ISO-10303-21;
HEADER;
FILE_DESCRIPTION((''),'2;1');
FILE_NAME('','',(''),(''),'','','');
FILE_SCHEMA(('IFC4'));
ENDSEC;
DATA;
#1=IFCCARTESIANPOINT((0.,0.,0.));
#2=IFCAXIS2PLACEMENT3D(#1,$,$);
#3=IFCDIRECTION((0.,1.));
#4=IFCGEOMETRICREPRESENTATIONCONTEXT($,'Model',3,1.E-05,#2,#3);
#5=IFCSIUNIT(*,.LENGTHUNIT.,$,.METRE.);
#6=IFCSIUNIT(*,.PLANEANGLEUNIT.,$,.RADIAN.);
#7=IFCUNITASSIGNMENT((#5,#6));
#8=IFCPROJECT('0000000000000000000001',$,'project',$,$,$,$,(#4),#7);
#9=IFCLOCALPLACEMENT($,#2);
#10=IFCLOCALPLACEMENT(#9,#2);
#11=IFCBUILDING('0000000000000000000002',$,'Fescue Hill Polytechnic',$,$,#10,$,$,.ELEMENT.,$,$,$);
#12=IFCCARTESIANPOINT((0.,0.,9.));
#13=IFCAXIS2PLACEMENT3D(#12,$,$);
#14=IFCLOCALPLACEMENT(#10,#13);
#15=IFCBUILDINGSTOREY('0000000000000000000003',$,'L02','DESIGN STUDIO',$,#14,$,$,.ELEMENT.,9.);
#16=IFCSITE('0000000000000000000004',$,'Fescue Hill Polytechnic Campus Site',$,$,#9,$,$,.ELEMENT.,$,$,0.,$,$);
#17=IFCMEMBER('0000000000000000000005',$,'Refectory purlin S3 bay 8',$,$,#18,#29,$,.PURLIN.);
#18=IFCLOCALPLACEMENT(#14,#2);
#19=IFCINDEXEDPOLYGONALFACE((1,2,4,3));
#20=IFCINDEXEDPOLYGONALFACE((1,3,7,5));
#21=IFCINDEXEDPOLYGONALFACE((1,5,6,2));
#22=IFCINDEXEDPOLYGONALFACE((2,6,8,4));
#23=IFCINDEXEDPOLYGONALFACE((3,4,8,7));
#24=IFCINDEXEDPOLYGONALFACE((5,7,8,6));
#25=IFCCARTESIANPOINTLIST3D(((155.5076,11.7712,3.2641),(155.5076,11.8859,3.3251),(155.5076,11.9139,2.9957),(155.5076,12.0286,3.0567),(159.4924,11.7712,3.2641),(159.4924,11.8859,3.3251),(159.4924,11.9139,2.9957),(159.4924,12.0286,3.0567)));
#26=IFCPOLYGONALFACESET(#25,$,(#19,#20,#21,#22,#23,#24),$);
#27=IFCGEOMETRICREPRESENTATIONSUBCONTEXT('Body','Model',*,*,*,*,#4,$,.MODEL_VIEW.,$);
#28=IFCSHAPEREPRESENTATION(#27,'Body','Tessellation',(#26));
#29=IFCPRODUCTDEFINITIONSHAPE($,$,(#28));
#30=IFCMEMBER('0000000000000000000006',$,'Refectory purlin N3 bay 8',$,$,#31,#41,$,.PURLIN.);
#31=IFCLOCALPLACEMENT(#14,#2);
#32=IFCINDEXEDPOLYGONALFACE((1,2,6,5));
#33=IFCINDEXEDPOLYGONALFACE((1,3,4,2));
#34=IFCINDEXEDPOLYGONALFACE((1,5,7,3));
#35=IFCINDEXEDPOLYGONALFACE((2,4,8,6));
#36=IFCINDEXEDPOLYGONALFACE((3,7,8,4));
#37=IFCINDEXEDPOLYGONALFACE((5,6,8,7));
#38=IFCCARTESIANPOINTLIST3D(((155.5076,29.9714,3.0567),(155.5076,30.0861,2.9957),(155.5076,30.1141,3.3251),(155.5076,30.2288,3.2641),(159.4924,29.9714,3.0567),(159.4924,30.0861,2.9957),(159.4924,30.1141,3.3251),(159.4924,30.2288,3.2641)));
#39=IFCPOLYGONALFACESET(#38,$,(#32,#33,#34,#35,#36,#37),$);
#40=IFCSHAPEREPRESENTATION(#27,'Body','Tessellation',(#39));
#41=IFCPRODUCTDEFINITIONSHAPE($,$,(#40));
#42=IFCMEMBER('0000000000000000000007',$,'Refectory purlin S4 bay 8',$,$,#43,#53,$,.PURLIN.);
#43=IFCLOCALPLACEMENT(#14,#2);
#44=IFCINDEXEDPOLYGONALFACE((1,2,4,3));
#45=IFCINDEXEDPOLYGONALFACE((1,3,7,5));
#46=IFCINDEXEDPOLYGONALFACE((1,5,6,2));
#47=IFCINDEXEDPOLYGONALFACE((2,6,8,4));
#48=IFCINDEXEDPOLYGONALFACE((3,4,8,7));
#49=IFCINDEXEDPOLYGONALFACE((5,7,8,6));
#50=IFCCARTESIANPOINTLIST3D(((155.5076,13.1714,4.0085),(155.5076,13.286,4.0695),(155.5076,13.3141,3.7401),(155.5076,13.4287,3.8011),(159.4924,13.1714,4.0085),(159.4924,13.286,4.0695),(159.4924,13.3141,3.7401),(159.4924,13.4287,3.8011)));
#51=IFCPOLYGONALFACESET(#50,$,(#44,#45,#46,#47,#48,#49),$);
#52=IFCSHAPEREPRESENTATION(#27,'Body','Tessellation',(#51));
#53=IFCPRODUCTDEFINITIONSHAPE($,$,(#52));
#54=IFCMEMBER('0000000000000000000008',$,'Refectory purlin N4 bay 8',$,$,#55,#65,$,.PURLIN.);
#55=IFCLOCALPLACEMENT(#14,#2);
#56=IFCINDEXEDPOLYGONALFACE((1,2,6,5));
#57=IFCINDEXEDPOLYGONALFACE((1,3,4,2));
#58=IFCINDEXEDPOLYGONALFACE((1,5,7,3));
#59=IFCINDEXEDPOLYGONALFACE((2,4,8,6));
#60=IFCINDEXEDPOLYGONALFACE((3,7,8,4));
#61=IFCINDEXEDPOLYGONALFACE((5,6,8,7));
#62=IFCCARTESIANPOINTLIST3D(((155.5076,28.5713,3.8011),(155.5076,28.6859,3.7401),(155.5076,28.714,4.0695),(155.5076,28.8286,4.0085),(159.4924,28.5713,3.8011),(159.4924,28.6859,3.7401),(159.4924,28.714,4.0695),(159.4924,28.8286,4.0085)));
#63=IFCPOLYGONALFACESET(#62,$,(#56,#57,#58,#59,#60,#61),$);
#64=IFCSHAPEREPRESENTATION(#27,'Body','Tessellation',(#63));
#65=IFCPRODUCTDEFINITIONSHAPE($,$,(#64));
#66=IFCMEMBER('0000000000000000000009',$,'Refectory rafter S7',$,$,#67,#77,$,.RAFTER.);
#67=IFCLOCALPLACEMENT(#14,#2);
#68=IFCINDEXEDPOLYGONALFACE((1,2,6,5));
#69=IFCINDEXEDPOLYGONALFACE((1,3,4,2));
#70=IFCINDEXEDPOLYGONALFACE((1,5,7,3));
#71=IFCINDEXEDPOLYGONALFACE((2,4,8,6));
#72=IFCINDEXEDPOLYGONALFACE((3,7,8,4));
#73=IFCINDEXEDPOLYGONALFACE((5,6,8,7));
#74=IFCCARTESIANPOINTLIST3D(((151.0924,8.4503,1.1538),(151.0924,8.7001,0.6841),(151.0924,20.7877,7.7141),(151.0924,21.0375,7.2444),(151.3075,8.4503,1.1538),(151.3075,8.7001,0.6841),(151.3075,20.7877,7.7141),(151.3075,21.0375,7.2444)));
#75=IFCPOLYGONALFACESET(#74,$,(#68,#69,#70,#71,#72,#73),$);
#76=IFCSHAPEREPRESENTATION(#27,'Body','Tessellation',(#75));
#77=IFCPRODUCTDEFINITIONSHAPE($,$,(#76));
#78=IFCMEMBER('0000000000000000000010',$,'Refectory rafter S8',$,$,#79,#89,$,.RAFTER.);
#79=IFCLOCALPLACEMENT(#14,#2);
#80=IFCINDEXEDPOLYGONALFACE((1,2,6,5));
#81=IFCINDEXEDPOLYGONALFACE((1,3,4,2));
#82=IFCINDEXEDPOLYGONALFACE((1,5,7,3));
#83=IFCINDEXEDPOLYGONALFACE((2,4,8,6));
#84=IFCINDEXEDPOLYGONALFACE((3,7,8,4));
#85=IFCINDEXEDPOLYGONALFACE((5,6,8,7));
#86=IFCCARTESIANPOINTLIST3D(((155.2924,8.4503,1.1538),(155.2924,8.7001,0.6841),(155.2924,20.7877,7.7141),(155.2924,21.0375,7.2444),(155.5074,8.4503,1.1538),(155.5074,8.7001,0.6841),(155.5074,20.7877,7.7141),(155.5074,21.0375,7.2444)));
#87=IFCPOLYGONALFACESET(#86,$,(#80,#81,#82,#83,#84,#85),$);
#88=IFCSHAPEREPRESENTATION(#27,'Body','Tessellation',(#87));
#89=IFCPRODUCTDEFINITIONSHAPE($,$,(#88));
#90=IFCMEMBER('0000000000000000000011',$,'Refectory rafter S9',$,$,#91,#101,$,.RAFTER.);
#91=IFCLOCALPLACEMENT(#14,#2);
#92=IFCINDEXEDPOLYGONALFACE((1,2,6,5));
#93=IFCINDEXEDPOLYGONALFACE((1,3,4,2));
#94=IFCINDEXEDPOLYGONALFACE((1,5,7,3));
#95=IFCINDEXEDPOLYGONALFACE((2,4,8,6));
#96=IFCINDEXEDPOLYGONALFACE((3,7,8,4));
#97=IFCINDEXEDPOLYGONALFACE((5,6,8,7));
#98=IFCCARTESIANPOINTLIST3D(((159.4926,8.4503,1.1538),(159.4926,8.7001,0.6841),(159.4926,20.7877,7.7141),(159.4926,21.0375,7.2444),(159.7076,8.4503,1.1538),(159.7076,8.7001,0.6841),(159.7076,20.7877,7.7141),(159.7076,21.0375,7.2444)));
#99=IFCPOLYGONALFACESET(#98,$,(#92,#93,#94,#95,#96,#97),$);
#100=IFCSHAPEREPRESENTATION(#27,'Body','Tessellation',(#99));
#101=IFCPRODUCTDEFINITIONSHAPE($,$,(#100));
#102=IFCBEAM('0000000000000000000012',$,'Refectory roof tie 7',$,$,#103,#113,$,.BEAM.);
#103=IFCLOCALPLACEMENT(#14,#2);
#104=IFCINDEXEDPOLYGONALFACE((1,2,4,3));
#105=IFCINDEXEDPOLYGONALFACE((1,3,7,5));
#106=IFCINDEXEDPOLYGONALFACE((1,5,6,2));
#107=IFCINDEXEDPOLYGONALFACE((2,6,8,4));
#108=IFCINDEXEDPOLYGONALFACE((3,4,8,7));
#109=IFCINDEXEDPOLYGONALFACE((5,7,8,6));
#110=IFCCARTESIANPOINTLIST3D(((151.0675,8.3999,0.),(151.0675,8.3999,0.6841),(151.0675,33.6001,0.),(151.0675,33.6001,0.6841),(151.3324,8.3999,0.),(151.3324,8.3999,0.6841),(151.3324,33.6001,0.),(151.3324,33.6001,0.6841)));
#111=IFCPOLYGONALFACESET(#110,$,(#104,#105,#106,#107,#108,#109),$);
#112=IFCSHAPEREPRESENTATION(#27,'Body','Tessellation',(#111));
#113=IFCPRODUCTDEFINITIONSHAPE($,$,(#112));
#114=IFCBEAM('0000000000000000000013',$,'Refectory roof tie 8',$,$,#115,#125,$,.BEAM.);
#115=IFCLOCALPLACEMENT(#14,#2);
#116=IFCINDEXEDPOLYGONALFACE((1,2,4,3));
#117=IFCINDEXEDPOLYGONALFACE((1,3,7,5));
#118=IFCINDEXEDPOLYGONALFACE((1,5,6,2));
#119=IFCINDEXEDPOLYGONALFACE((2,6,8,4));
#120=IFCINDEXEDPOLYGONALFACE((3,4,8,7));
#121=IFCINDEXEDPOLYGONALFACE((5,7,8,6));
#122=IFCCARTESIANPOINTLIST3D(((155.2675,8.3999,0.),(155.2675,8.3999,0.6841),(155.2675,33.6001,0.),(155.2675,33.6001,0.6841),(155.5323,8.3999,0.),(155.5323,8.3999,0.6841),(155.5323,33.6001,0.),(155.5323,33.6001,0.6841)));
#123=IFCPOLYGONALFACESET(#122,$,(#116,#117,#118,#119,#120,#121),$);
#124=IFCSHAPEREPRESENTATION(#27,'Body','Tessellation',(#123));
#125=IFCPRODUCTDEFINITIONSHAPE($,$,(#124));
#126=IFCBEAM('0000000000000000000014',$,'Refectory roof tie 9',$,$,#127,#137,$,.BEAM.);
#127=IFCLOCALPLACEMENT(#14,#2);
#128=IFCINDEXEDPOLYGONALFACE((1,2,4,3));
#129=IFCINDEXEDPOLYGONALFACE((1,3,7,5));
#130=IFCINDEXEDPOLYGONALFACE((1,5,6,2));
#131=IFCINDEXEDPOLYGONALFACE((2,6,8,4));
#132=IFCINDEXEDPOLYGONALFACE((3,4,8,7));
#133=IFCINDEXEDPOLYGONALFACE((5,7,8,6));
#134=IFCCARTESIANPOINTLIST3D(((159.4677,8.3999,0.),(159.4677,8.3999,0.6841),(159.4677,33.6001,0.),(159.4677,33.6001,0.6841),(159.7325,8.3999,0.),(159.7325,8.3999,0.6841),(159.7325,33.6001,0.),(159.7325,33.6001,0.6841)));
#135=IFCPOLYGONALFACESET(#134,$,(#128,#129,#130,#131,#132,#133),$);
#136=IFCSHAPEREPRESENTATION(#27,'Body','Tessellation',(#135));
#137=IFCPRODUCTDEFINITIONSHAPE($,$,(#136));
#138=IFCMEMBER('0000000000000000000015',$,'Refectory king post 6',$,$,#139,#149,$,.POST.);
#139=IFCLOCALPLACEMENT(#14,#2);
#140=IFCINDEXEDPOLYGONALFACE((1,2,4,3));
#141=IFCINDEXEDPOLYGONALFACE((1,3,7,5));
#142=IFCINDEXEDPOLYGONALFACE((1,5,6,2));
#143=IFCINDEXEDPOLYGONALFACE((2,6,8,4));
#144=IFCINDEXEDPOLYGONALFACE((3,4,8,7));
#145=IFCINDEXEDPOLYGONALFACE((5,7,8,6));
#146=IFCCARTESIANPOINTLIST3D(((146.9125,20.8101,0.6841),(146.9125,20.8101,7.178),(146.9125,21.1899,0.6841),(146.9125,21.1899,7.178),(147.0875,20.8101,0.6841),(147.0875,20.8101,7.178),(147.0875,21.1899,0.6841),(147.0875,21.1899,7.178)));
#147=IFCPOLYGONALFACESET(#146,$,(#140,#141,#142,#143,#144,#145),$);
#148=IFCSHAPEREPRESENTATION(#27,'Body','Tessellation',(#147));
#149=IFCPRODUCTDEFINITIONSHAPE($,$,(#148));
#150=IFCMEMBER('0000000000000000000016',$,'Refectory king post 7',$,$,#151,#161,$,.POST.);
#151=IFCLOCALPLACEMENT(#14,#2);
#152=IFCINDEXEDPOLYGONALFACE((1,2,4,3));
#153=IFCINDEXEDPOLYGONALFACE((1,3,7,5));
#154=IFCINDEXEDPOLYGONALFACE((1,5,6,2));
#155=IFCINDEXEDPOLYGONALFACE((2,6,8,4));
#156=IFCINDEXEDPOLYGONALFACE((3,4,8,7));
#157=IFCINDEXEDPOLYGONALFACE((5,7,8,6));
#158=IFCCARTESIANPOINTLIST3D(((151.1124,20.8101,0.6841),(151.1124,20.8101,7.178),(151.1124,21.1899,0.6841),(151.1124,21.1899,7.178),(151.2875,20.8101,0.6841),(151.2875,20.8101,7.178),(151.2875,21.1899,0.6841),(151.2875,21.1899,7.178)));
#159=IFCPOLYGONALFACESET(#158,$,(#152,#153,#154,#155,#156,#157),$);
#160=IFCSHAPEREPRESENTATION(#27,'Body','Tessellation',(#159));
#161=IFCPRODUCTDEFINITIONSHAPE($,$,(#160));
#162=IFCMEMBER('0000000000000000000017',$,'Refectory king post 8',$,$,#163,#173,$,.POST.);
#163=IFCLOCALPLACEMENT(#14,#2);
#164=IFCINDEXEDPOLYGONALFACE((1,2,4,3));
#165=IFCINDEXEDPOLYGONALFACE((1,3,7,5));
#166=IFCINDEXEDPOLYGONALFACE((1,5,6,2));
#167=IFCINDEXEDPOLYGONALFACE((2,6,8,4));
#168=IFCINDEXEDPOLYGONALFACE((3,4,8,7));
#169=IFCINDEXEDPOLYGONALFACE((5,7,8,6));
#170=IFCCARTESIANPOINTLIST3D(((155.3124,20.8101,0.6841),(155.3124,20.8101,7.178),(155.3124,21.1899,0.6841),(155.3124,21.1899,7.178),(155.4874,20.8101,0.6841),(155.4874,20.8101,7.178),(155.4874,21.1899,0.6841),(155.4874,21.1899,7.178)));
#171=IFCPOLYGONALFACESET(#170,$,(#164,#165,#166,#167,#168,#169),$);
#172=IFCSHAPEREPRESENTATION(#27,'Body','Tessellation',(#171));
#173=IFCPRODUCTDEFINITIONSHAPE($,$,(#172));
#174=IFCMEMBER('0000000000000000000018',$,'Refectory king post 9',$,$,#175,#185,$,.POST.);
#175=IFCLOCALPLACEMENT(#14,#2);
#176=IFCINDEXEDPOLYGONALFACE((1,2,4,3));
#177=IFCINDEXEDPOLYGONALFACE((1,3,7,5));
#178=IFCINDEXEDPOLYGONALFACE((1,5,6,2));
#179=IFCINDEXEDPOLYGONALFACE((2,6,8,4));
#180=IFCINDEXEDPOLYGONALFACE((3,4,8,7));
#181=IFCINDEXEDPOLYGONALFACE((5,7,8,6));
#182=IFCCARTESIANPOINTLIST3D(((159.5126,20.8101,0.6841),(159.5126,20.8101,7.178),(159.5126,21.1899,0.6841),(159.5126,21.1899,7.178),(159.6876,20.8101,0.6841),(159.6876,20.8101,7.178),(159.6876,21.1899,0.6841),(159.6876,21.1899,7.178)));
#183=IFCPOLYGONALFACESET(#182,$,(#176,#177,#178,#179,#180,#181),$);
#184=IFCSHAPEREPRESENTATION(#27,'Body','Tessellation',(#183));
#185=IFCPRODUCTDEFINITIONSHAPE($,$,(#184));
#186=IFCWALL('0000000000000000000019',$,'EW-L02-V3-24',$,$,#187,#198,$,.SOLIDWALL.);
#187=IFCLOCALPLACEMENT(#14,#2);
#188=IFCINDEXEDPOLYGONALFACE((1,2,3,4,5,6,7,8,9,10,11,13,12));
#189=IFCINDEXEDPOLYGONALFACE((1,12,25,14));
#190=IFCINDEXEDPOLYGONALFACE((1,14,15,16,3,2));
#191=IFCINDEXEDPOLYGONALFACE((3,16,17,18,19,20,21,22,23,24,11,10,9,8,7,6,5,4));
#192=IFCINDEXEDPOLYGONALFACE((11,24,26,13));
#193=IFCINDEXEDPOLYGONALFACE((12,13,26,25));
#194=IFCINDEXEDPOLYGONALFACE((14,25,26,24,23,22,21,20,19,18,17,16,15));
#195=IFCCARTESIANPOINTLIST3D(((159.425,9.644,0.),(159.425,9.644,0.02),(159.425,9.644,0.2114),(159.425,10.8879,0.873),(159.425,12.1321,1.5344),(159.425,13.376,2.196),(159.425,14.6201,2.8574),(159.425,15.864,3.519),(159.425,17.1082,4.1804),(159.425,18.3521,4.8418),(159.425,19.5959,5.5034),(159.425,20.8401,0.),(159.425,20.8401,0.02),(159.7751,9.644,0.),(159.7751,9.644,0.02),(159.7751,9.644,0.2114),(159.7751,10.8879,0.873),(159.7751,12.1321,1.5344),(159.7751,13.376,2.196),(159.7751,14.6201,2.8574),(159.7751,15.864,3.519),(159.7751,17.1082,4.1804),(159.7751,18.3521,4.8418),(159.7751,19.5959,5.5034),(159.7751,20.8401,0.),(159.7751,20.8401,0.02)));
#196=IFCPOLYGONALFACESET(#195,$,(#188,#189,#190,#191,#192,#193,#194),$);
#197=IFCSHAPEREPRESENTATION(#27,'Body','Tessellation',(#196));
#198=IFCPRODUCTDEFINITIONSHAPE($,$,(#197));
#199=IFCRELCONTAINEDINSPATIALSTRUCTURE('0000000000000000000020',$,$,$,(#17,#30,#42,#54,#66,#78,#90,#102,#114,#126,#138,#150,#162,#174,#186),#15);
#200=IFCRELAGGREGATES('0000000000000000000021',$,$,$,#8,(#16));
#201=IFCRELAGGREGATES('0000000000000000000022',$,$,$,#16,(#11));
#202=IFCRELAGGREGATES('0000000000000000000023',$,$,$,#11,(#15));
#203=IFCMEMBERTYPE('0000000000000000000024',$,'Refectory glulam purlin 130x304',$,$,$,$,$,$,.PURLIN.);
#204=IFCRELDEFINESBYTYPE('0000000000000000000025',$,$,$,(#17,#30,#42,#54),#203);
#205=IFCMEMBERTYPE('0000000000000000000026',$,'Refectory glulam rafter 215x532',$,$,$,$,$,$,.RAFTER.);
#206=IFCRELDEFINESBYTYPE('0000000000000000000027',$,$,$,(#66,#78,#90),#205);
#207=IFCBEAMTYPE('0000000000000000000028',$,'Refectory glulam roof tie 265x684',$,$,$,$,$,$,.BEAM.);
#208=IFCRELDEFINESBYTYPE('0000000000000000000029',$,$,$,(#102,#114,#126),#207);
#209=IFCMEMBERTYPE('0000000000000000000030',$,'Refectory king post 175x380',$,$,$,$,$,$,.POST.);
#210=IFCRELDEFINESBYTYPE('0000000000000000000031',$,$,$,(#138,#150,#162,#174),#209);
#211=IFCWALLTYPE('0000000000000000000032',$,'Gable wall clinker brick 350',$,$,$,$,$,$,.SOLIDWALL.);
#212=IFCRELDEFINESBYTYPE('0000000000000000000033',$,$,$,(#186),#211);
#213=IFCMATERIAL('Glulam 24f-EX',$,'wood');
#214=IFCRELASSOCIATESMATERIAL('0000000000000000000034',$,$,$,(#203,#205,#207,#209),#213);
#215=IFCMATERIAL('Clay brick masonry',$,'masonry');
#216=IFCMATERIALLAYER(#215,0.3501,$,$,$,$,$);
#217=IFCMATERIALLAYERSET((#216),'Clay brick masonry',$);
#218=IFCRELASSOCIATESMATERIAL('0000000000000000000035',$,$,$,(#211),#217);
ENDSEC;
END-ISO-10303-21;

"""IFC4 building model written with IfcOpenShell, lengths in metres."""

from ifc_helpers import new_model, si_unit, direction, frame, origin, origin_2d, place, context, subcontext, project, spatial, polyline, rectangle, outline, extrude, material, layer, layer_set, material_profile, profile_set, type_object, element, save


model = new_model("IFC4")

# Units and contexts
model_context = context("Model", 3, precision=1e-05, world=origin(), true_north=direction((0.0, 1.0)))
body_context = subcontext(model_context, "Body", "Model", "MODEL_VIEW")
ifc_project = project(units=[si_unit("LENGTHUNIT", "METRE"), si_unit("PLANEANGLEUNIT", "RADIAN")], contexts=[model_context])

# Site, building, storey
site_placement = place(None, origin())
site = spatial("IfcSite", under=ifc_project, at=site_placement, Name="Fescue Hill Polytechnic Campus Site", CompositionType="ELEMENT", RefElevation=0.0)
building_placement = place(site_placement, origin())
building = spatial("IfcBuilding", under=site, at=building_placement, Name="Fescue Hill Polytechnic", CompositionType="ELEMENT")
storey_placement = place(building_placement, frame((0.0, 0.0, 9.0)))
storey = spatial("IfcBuildingStorey", under=building, at=storey_placement, Name="L02", Description="DESIGN STUDIO", CompositionType="ELEMENT", Elevation=9.0)

# Members
ifc_material_1 = material(Name="Glulam 24f-EX", Category="wood")
ifc_material_profile_1 = material_profile(ifc_material_1, rectangle(XDim=0.1299, YDim=0.304, at=origin_2d()), Name="Refectory glulam purlin 130x304")
ifc_profile_set_1 = profile_set([ifc_material_profile_1], Name="Glulam 24f-EX")
member_type_1 = type_object("IfcMemberType", Name="Refectory glulam purlin 130x304", PredefinedType="PURLIN", material=ifc_profile_set_1)
for number, where, z_axis, x_axis, name in (
    (1, (155.5076, 11.8999, 3.1604), (1.0, 0.0, 0.0), (0.0, 0.882934, 0.469497), "Refectory purlin S3 bay 8"),
    (2, (155.5076, 30.1001, 3.1604), (1.0, 0.0, 0.0), (0.0, 0.882934, -0.469497), "Refectory purlin N3 bay 8"),
    (3, (155.5076, 13.3, 3.9048), (1.0, 0.0, 0.0), (0.0, 0.882934, 0.469497), "Refectory purlin S4 bay 8"),
    (4, (155.5076, 28.7, 3.9048), (1.0, 0.0, 0.0), (0.0, 0.882934, -0.469497), "Refectory purlin N4 bay 8"),
):
    element("IfcMember", number, at=place(storey_placement, frame(where, z_axis=z_axis, x_axis=x_axis)), inside=storey, type_object=member_type_1, Name=name, PredefinedType="PURLIN", context=body_context, shape_type="SweptSolid", body=[
        extrude(rectangle(XDim=0.1299, YDim=0.304, at=origin_2d()), origin(), (0.0, 0.0, 1.0), 3.9849),
    ])
ifc_material_profile_2 = material_profile(ifc_material_1, rectangle(XDim=0.2151, YDim=0.532, at=origin_2d()), Name="Refectory glulam rafter 215x532")
ifc_profile_set_2 = profile_set([ifc_material_profile_2], Name="Glulam 24f-EX")
member_type_2 = type_object("IfcMemberType", Name="Refectory glulam rafter 215x532", PredefinedType="RAFTER", material=ifc_profile_set_2)
for number, where, z_axis, x_axis, name in (
    (5, (151.2, 8.5752, 0.9189), (0.0, 0.882936, 0.469493), (-1.0, 0.0, 0.0), "Refectory rafter S7"),
    (6, (155.3999, 8.5752, 0.9189), (0.0, 0.882936, 0.469493), (-1.0, 0.0, 0.0), "Refectory rafter S8"),
    (7, (159.6001, 8.5752, 0.9189), (0.0, 0.882936, 0.469493), (-1.0, 0.0, 0.0), "Refectory rafter S9"),
):
    element("IfcMember", number, at=place(storey_placement, frame(where, z_axis=z_axis, x_axis=x_axis)), inside=storey, type_object=member_type_2, Name=name, PredefinedType="RAFTER", context=body_context, shape_type="SweptSolid", body=[
        extrude(rectangle(XDim=0.2151, YDim=0.532, at=origin_2d()), origin(), (0.0, 0.0, 1.0), 13.9731),
    ])

# Beams
ifc_material_profile_3 = material_profile(ifc_material_1, rectangle(XDim=0.2649, YDim=0.6841, at=origin_2d()), Name="Refectory glulam roof tie 265x684")
ifc_profile_set_3 = profile_set([ifc_material_profile_3], Name="Glulam 24f-EX")
beam_type_1 = type_object("IfcBeamType", Name="Refectory glulam roof tie 265x684", PredefinedType="BEAM", material=ifc_profile_set_3)
for number, where, z_axis, x_axis, name in (
    (8, (151.2, 8.3999, 0.342), (0.0, 1.0, 0.0), (-1.0, 0.0, 0.0), "Refectory roof tie 7"),
    (9, (155.3999, 8.3999, 0.342), (0.0, 1.0, 0.0), (-1.0, 0.0, 0.0), "Refectory roof tie 8"),
    (10, (159.6001, 8.3999, 0.342), (0.0, 1.0, 0.0), (-1.0, 0.0, 0.0), "Refectory roof tie 9"),
):
    element("IfcBeam", number, at=place(storey_placement, frame(where, z_axis=z_axis, x_axis=x_axis)), inside=storey, type_object=beam_type_1, Name=name, PredefinedType="BEAM", context=body_context, shape_type="SweptSolid", body=[
        extrude(rectangle(XDim=0.2649, YDim=0.6841, at=origin_2d()), origin(), (0.0, 0.0, 1.0), 25.2002),
    ])

# Members
ifc_material_profile_4 = material_profile(ifc_material_1, rectangle(XDim=0.175, YDim=0.3799, at=origin_2d()), Name="Refectory king post 175x380")
ifc_profile_set_4 = profile_set([ifc_material_profile_4], Name="Glulam 24f-EX")
member_type_3 = type_object("IfcMemberType", Name="Refectory king post 175x380", PredefinedType="POST", material=ifc_profile_set_4)
for number, where, z_axis, x_axis, name in (
    (11, (147.0, 21.0, 0.6841), (0.0, 0.0, 1.0), (1.0, 0.0, 0.0), "Refectory king post 6"),
    (12, (151.2, 21.0, 0.6841), (0.0, 0.0, 1.0), (1.0, 0.0, 0.0), "Refectory king post 7"),
    (13, (155.3999, 21.0, 0.6841), (0.0, 0.0, 1.0), (1.0, 0.0, 0.0), "Refectory king post 8"),
    (14, (159.6001, 21.0, 0.6841), (0.0, 0.0, 1.0), (1.0, 0.0, 0.0), "Refectory king post 9"),
):
    element("IfcMember", number, at=place(storey_placement, frame(where, z_axis=z_axis, x_axis=x_axis)), inside=storey, type_object=member_type_3, Name=name, PredefinedType="POST", context=body_context, shape_type="SweptSolid", body=[
        extrude(rectangle(XDim=0.175, YDim=0.3799, at=origin_2d()), origin(), (0.0, 0.0, 1.0), 6.4939),
    ])

# Wall
ifc_material_2 = material(Name="Clay brick masonry", Category="masonry")
ifc_layer = layer(ifc_material_2, 0.3501)
ifc_layer_set = layer_set([ifc_layer], Name="Clay brick masonry")
wall_type = type_object("IfcWallType", Name="Gable wall clinker brick 350", PredefinedType="SOLIDWALL", material=ifc_layer_set)
wall_1_placement = place(storey_placement, frame((159.6001, 9.644, 0.0), z_axis=(0.0, 0.0, 1.0), x_axis=(0.0, 1.0, 0.0)))
element("IfcWall", 15, at=wall_1_placement, inside=storey, type_object=wall_type, Name="EW-L02-V3-24", PredefinedType="SOLIDWALL", context=body_context, shape_type="SweptSolid", body=[
    extrude(outline(polyline([(0.0, 0.0), (11.196, 0.0), (11.196, 6.1648), (11.196, 0.02), (9.9519, 5.5034), (8.708, 4.8418), (7.4641, 4.1804), (6.22, 3.519), (4.9761, 2.8574), (3.7319, 2.196), (2.488, 1.5344), (1.2439, 0.873), (0.0, 0.2114), (0.0, 0.02), (0.0, 0.0)])), frame((0.0, 0.175, 0.0), z_axis=(0.0, -1.0, 0.0), x_axis=(1.0, 0.0, 0.0)), (0.0, 0.0, 1.0), 0.3501),
])

save(model, "model.ifc")
